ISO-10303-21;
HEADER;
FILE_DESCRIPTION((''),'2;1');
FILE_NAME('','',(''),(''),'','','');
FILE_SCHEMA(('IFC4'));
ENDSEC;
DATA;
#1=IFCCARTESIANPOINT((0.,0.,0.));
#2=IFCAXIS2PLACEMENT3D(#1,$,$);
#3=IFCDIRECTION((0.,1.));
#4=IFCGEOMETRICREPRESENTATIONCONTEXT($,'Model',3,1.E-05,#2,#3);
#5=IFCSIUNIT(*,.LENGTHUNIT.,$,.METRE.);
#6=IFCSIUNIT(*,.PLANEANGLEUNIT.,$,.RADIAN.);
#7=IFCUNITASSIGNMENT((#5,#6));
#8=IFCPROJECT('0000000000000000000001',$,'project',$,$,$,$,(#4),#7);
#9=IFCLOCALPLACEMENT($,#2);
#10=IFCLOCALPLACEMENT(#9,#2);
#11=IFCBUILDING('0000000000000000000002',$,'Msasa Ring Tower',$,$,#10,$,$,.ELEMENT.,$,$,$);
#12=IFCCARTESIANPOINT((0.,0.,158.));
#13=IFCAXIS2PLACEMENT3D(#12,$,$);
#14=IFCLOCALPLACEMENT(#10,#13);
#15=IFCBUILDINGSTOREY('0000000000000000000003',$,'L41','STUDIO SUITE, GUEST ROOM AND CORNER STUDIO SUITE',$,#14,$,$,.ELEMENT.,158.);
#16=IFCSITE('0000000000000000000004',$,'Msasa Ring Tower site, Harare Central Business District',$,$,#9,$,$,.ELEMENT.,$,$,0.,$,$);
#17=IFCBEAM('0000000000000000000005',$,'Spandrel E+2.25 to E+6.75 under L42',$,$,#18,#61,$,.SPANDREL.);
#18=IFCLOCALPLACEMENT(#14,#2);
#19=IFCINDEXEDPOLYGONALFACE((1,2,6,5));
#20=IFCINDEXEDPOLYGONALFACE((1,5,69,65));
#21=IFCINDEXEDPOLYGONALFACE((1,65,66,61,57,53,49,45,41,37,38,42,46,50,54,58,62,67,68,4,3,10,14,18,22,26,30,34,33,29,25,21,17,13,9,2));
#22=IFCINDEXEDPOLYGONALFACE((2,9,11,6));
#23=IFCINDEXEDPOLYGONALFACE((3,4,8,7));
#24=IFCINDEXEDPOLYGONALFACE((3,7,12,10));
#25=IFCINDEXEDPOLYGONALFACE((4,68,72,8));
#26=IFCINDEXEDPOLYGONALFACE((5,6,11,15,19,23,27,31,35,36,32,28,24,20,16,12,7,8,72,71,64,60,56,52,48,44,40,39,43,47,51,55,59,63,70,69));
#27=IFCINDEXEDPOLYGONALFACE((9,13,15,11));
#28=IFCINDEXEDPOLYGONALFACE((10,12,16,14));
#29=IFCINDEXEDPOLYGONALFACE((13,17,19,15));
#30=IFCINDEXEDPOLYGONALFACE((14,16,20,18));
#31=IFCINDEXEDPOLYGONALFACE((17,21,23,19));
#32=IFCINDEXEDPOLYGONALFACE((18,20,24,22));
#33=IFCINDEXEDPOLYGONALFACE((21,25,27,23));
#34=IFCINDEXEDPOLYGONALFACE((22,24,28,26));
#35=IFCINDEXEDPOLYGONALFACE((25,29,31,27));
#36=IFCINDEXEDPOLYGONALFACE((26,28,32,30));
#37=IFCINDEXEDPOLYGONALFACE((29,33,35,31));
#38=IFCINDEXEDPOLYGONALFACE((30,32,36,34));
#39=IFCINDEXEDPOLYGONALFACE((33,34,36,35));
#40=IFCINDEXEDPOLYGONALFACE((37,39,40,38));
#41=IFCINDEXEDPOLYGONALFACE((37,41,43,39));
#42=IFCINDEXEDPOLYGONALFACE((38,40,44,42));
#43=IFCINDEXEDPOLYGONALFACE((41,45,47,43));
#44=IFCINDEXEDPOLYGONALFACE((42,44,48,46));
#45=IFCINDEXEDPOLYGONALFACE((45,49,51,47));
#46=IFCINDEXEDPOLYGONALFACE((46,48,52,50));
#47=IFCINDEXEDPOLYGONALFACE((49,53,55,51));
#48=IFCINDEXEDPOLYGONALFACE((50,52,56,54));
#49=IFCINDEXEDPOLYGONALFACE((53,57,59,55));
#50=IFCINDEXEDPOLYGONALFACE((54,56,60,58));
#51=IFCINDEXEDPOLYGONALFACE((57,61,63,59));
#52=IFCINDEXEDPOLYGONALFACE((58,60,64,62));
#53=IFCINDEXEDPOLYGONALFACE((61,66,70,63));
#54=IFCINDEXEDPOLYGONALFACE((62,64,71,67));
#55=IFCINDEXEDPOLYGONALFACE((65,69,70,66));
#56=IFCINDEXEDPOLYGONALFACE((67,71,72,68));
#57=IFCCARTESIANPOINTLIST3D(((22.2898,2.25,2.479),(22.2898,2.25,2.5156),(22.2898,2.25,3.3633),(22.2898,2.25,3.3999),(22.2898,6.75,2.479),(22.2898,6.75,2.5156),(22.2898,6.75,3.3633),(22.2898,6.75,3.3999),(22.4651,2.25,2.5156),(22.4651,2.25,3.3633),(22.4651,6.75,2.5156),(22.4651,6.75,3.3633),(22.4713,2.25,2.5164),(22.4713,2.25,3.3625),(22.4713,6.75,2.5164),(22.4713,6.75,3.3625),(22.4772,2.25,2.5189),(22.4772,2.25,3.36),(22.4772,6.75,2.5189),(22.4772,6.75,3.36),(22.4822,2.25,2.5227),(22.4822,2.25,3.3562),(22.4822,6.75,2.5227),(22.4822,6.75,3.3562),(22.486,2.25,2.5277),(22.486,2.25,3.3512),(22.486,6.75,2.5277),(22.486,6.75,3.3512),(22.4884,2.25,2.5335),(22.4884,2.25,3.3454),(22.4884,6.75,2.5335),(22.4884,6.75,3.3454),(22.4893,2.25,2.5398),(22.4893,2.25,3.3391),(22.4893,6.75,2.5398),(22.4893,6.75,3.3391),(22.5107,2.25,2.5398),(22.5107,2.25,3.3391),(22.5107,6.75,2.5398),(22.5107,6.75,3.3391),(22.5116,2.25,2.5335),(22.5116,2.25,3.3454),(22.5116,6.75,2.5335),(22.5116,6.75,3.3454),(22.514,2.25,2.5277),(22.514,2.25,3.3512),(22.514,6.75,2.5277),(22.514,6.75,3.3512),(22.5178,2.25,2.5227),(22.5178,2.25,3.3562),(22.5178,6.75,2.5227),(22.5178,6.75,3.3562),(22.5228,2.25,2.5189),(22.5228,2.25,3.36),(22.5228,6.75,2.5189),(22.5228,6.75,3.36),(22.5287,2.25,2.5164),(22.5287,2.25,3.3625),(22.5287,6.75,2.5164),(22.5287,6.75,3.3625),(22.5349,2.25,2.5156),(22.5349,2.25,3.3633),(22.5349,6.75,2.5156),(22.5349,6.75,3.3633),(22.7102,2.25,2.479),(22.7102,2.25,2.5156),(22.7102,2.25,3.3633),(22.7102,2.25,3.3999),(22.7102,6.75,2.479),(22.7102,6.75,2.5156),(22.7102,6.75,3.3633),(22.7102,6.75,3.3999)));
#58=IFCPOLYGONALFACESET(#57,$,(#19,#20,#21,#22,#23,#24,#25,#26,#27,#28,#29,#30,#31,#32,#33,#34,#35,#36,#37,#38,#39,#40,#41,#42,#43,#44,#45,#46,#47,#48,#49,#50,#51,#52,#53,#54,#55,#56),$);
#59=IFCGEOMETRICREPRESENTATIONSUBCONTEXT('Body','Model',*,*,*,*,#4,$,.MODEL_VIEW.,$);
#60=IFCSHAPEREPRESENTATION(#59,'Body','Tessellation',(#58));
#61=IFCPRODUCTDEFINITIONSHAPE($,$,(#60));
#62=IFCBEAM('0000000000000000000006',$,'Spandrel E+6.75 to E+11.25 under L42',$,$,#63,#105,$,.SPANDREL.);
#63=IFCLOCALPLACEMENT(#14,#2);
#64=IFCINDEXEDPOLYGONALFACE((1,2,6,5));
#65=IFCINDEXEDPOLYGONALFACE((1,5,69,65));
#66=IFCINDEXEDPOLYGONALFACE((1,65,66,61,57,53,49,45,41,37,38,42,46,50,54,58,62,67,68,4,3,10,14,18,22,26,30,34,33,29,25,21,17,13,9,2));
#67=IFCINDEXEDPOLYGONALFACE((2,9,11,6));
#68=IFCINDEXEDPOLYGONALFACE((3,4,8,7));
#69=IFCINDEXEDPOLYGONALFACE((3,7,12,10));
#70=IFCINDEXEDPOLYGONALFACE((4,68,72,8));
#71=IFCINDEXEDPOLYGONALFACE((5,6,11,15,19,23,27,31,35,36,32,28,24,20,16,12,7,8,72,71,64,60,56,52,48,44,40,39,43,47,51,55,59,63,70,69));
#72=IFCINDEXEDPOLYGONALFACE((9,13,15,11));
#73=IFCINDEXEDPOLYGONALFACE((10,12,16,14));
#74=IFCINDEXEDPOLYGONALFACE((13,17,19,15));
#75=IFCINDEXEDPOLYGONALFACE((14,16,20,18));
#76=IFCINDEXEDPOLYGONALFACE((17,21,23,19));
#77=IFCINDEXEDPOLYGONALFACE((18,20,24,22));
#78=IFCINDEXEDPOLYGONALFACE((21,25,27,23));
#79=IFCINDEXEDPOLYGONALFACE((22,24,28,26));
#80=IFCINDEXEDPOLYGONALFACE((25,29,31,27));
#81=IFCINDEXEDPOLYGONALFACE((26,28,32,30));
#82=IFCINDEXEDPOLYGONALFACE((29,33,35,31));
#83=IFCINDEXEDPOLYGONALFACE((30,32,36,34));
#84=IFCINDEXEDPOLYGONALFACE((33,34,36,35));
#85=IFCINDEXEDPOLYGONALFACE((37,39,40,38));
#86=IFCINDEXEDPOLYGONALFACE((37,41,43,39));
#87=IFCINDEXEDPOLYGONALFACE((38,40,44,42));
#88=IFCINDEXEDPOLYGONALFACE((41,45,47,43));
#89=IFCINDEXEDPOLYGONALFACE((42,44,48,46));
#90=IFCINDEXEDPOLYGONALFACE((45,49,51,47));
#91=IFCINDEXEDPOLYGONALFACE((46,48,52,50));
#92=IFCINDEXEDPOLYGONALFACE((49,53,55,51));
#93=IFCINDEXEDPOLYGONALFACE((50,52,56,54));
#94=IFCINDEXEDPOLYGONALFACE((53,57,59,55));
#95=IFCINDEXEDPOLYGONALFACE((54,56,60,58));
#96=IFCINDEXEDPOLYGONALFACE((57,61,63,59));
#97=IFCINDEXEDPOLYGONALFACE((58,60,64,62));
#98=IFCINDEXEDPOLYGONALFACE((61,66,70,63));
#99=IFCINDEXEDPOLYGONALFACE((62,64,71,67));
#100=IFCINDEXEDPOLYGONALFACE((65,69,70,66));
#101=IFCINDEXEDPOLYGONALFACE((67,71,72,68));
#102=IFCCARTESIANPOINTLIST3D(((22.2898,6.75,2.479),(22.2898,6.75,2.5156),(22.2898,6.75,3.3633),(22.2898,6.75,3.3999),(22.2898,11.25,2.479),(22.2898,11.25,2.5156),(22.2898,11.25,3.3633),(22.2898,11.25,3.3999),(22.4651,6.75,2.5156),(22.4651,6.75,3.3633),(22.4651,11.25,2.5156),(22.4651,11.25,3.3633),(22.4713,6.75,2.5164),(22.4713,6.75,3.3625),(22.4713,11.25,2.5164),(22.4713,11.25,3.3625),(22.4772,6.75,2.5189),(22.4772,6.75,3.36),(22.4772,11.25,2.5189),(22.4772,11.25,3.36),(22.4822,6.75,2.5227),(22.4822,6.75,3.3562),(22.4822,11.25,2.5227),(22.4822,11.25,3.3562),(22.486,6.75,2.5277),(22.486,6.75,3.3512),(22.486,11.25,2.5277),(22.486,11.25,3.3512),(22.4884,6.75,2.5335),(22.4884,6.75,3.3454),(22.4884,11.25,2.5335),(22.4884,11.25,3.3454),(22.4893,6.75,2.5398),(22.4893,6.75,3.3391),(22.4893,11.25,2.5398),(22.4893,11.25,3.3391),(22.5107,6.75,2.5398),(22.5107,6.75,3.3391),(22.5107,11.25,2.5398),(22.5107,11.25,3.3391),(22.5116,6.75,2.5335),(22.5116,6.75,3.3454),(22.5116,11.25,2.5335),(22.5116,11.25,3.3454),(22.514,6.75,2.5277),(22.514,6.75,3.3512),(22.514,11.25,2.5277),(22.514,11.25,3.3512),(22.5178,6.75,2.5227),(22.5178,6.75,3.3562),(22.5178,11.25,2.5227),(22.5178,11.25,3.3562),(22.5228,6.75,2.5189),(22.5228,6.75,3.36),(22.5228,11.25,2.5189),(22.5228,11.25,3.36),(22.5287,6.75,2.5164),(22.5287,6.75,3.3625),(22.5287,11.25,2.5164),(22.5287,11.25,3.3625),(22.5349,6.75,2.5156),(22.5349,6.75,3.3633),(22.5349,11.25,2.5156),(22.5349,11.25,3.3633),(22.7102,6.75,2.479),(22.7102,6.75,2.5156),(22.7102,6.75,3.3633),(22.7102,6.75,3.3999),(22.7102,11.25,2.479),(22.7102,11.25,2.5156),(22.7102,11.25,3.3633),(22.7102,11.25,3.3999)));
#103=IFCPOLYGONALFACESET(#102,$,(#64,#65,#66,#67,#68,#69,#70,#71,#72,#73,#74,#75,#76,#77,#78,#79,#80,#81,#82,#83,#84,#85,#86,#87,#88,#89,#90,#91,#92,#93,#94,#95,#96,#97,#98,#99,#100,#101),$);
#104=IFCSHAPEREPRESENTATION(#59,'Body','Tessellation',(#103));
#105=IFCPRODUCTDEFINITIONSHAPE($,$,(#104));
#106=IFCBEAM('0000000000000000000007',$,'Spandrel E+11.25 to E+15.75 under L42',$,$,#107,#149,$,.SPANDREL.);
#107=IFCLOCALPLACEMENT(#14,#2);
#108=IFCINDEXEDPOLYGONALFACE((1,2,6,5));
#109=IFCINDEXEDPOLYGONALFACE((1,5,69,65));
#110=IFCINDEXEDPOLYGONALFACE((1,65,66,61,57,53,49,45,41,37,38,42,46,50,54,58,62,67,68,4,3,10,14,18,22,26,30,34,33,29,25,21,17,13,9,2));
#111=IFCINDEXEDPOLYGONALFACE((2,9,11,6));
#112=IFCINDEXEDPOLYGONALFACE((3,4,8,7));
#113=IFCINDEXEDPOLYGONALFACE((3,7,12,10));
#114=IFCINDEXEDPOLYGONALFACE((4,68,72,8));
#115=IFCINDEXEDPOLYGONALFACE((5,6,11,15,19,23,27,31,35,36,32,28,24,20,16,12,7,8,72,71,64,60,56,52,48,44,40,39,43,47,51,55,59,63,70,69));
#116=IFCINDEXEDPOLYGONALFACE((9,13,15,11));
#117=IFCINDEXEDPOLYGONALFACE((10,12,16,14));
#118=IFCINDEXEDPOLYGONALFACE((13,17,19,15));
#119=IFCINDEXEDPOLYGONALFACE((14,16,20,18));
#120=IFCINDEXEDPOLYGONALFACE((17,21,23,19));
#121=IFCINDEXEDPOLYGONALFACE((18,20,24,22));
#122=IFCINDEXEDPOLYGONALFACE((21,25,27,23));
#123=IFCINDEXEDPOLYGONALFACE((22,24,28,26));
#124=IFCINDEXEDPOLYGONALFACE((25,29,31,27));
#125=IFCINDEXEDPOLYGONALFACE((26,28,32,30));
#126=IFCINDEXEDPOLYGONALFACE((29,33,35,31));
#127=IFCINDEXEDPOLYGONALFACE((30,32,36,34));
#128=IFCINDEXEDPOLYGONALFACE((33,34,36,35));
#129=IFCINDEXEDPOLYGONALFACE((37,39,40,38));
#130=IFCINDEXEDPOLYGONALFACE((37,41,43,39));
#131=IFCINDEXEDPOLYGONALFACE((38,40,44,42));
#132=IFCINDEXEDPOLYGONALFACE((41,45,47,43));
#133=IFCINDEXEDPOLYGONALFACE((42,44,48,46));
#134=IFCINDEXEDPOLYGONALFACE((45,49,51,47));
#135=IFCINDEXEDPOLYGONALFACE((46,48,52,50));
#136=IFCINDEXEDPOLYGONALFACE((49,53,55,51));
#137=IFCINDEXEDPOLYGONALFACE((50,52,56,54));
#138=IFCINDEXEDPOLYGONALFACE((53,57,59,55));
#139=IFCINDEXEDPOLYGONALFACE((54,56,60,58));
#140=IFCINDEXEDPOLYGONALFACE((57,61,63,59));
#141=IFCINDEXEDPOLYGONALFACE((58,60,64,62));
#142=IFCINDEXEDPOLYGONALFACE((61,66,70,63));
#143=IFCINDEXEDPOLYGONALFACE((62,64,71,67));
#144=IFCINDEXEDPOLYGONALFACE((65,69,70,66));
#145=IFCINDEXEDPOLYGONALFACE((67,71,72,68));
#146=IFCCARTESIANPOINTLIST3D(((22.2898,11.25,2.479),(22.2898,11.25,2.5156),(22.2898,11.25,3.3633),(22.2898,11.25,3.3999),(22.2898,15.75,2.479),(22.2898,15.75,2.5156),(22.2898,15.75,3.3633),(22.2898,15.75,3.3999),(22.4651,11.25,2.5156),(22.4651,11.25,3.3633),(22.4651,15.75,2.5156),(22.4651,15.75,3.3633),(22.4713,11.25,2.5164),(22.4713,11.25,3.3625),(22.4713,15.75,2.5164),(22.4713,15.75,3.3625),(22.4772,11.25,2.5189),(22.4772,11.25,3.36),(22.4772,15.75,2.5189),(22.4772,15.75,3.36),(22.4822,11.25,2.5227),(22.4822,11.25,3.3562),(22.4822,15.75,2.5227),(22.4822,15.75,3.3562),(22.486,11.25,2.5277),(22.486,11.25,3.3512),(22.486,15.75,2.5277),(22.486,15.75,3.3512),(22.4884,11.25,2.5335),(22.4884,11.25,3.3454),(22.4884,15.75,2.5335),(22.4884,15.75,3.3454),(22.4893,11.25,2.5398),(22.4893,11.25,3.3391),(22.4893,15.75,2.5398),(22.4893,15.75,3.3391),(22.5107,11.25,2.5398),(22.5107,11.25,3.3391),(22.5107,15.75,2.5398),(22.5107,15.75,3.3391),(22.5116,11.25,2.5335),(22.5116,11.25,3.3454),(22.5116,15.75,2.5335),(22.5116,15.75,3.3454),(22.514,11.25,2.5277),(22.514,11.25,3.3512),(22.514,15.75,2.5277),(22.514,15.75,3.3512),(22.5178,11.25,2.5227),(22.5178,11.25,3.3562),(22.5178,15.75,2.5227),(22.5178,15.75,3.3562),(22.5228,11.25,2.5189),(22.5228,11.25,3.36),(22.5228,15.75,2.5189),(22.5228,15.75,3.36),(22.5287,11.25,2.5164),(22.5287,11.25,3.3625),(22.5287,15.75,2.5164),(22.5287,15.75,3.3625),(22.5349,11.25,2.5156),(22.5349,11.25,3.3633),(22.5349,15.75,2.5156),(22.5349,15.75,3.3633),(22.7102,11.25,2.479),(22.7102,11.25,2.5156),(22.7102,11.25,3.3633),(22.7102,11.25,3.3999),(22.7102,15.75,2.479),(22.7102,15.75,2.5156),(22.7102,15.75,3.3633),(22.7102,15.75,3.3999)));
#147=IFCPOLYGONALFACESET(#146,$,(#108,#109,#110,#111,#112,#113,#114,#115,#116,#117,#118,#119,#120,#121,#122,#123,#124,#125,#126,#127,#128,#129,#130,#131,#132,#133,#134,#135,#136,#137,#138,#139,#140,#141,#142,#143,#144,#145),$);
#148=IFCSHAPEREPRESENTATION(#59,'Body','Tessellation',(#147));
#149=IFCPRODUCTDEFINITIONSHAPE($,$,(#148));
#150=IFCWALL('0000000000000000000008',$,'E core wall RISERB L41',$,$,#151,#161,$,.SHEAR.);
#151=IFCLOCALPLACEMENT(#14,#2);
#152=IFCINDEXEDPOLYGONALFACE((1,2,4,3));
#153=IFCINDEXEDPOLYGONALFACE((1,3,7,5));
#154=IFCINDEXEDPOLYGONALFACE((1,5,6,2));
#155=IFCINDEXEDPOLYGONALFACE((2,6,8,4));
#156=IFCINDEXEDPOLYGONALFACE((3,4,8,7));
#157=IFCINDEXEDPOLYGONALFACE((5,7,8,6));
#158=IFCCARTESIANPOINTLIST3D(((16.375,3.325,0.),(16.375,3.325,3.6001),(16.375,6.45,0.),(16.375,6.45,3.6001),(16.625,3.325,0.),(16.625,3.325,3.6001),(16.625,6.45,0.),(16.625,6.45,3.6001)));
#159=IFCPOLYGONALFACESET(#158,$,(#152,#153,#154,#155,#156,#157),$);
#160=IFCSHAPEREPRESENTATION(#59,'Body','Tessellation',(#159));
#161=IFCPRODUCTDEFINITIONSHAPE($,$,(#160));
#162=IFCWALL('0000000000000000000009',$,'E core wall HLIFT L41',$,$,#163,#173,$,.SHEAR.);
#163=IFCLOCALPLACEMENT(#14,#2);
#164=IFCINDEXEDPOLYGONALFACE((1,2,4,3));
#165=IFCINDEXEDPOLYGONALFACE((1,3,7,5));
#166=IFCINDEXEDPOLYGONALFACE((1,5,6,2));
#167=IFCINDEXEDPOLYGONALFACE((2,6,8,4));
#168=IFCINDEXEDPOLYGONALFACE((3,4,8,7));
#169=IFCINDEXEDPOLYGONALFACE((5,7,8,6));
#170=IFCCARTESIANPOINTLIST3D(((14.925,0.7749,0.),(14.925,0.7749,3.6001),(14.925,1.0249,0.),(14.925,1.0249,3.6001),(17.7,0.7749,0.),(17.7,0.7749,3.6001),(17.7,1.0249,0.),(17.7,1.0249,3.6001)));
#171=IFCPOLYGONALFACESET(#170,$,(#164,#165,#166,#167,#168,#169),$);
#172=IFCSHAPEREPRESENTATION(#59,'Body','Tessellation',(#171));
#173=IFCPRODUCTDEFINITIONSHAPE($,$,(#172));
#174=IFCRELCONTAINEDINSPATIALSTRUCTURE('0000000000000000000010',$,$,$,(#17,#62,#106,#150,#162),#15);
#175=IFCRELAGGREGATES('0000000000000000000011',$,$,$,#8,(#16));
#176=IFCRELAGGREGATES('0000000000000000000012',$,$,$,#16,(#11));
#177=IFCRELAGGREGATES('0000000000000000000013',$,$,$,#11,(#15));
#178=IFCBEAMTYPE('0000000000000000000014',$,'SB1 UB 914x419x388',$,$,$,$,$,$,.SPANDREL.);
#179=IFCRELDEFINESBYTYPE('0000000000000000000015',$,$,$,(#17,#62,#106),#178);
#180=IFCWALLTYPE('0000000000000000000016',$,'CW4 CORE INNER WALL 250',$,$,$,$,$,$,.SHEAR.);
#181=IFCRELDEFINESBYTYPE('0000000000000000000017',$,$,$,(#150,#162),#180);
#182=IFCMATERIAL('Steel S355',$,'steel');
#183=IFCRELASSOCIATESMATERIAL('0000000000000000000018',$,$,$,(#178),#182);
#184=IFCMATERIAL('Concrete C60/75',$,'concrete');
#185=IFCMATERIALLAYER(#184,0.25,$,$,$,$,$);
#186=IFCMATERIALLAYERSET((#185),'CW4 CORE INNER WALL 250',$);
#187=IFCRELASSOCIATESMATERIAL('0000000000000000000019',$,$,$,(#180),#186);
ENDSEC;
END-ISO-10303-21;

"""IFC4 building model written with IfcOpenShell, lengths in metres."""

from ifc_helpers import new_model, si_unit, direction, frame, frame_2d, origin, origin_2d, place, context, subcontext, project, spatial, rectangle, i_section, extrude, material, layer, layer_set, material_profile, profile_set, type_object, element, save


model = new_model("IFC4")

# Units and contexts
model_context = context("Model", 3, precision=1e-05, world=origin(), true_north=direction((0.0, 1.0)))
body_context = subcontext(model_context, "Body", "Model", "MODEL_VIEW")
ifc_project = project(units=[si_unit("LENGTHUNIT", "METRE"), si_unit("PLANEANGLEUNIT", "RADIAN")], contexts=[model_context])

# Site, building, storey
site_placement = place(None, origin())
site = spatial("IfcSite", under=ifc_project, at=site_placement, Name="Msasa Ring Tower site, Harare Central Business District", CompositionType="ELEMENT", RefElevation=0.0)
building_placement = place(site_placement, origin())
building = spatial("IfcBuilding", under=site, at=building_placement, Name="Msasa Ring Tower", CompositionType="ELEMENT")
storey_placement = place(building_placement, frame((0.0, 0.0, 158.0)))
storey = spatial("IfcBuildingStorey", under=building, at=storey_placement, Name="L41", Description="STUDIO SUITE, GUEST ROOM AND CORNER STUDIO SUITE", CompositionType="ELEMENT", Elevation=158.0)

# Beams
ifc_material_1 = material(Name="Steel S355", Category="steel")
ifc_material_profile_1 = material_profile(ifc_material_1, i_section(OverallWidth=0.4204, OverallDepth=0.9209, WebThickness=0.0215, FlangeThickness=0.0366, FilletRadius=0.0242, at=origin_2d()), Name="UB 914x419x388")
ifc_profile_set_1 = profile_set([ifc_material_profile_1], Name="Steel S355")
beam_type_1 = type_object("IfcBeamType", Name="SB1 UB 914x419x388", PredefinedType="SPANDREL", material=ifc_profile_set_1)
for number, where, z_axis, x_axis, name in (
    (1, (22.5, 2.25, 2.9395), (0.0, 1.0, 0.0), (-1.0, 0.0, 0.0), "Spandrel E+2.25 to E+6.75 under L42"),
    (2, (22.5, 6.75, 2.9395), (0.0, 1.0, 0.0), (-1.0, 0.0, 0.0), "Spandrel E+6.75 to E+11.25 under L42"),
    (3, (22.5, 11.25, 2.9395), (0.0, 1.0, 0.0), (-1.0, 0.0, 0.0), "Spandrel E+11.25 to E+15.75 under L42"),
):
    element("IfcBeam", number, at=place(storey_placement, frame(where, z_axis=z_axis, x_axis=x_axis)), inside=storey, type_object=beam_type_1, Name=name, PredefinedType="SPANDREL", context=body_context, shape_type="SweptSolid", body=[
        extrude(i_section(OverallWidth=0.4204, OverallDepth=0.9209, WebThickness=0.0215, FlangeThickness=0.0366, FilletRadius=0.0242, at=origin_2d()), origin(), (0.0, 0.0, 1.0), 4.5),
    ])

# Walls
ifc_material_2 = material(Name="Concrete C60/75", Category="concrete")
ifc_layer_1 = layer(ifc_material_2, 0.25)
ifc_layer_set_1 = layer_set([ifc_layer_1], Name="CW4 CORE INNER WALL 250")
wall_type_1 = type_object("IfcWallType", Name="CW4 CORE INNER WALL 250", PredefinedType="SHEAR", material=ifc_layer_set_1)
wall_1_placement = place(storey_placement, frame((16.5, 3.325, 0.0), z_axis=(0.0, 0.0, 1.0), x_axis=(0.0, 1.0, 0.0)))
element("IfcWall", 4, at=wall_1_placement, inside=storey, type_object=wall_type_1, Name="E core wall RISERB L41", PredefinedType="SHEAR", context=body_context, shape_type="SweptSolid", body=[
    extrude(rectangle(XDim=3.125, YDim=0.25, at=frame_2d((1.5625, 0.0))), origin(), (0.0, 0.0, 1.0), 3.6001),
])
wall_2_placement = place(storey_placement, frame((14.925, 0.8999, 0.0), z_axis=(0.0, 0.0, 1.0), x_axis=(1.0, 0.0, 0.0)))
element("IfcWall", 5, at=wall_2_placement, inside=storey, type_object=wall_type_1, Name="E core wall HLIFT L41", PredefinedType="SHEAR", context=body_context, shape_type="SweptSolid", body=[
    extrude(rectangle(XDim=2.7749, YDim=0.25, at=frame_2d((1.3875, 0.0))), origin(), (0.0, 0.0, 1.0), 3.6001),
])

save(model, "model.ifc")
